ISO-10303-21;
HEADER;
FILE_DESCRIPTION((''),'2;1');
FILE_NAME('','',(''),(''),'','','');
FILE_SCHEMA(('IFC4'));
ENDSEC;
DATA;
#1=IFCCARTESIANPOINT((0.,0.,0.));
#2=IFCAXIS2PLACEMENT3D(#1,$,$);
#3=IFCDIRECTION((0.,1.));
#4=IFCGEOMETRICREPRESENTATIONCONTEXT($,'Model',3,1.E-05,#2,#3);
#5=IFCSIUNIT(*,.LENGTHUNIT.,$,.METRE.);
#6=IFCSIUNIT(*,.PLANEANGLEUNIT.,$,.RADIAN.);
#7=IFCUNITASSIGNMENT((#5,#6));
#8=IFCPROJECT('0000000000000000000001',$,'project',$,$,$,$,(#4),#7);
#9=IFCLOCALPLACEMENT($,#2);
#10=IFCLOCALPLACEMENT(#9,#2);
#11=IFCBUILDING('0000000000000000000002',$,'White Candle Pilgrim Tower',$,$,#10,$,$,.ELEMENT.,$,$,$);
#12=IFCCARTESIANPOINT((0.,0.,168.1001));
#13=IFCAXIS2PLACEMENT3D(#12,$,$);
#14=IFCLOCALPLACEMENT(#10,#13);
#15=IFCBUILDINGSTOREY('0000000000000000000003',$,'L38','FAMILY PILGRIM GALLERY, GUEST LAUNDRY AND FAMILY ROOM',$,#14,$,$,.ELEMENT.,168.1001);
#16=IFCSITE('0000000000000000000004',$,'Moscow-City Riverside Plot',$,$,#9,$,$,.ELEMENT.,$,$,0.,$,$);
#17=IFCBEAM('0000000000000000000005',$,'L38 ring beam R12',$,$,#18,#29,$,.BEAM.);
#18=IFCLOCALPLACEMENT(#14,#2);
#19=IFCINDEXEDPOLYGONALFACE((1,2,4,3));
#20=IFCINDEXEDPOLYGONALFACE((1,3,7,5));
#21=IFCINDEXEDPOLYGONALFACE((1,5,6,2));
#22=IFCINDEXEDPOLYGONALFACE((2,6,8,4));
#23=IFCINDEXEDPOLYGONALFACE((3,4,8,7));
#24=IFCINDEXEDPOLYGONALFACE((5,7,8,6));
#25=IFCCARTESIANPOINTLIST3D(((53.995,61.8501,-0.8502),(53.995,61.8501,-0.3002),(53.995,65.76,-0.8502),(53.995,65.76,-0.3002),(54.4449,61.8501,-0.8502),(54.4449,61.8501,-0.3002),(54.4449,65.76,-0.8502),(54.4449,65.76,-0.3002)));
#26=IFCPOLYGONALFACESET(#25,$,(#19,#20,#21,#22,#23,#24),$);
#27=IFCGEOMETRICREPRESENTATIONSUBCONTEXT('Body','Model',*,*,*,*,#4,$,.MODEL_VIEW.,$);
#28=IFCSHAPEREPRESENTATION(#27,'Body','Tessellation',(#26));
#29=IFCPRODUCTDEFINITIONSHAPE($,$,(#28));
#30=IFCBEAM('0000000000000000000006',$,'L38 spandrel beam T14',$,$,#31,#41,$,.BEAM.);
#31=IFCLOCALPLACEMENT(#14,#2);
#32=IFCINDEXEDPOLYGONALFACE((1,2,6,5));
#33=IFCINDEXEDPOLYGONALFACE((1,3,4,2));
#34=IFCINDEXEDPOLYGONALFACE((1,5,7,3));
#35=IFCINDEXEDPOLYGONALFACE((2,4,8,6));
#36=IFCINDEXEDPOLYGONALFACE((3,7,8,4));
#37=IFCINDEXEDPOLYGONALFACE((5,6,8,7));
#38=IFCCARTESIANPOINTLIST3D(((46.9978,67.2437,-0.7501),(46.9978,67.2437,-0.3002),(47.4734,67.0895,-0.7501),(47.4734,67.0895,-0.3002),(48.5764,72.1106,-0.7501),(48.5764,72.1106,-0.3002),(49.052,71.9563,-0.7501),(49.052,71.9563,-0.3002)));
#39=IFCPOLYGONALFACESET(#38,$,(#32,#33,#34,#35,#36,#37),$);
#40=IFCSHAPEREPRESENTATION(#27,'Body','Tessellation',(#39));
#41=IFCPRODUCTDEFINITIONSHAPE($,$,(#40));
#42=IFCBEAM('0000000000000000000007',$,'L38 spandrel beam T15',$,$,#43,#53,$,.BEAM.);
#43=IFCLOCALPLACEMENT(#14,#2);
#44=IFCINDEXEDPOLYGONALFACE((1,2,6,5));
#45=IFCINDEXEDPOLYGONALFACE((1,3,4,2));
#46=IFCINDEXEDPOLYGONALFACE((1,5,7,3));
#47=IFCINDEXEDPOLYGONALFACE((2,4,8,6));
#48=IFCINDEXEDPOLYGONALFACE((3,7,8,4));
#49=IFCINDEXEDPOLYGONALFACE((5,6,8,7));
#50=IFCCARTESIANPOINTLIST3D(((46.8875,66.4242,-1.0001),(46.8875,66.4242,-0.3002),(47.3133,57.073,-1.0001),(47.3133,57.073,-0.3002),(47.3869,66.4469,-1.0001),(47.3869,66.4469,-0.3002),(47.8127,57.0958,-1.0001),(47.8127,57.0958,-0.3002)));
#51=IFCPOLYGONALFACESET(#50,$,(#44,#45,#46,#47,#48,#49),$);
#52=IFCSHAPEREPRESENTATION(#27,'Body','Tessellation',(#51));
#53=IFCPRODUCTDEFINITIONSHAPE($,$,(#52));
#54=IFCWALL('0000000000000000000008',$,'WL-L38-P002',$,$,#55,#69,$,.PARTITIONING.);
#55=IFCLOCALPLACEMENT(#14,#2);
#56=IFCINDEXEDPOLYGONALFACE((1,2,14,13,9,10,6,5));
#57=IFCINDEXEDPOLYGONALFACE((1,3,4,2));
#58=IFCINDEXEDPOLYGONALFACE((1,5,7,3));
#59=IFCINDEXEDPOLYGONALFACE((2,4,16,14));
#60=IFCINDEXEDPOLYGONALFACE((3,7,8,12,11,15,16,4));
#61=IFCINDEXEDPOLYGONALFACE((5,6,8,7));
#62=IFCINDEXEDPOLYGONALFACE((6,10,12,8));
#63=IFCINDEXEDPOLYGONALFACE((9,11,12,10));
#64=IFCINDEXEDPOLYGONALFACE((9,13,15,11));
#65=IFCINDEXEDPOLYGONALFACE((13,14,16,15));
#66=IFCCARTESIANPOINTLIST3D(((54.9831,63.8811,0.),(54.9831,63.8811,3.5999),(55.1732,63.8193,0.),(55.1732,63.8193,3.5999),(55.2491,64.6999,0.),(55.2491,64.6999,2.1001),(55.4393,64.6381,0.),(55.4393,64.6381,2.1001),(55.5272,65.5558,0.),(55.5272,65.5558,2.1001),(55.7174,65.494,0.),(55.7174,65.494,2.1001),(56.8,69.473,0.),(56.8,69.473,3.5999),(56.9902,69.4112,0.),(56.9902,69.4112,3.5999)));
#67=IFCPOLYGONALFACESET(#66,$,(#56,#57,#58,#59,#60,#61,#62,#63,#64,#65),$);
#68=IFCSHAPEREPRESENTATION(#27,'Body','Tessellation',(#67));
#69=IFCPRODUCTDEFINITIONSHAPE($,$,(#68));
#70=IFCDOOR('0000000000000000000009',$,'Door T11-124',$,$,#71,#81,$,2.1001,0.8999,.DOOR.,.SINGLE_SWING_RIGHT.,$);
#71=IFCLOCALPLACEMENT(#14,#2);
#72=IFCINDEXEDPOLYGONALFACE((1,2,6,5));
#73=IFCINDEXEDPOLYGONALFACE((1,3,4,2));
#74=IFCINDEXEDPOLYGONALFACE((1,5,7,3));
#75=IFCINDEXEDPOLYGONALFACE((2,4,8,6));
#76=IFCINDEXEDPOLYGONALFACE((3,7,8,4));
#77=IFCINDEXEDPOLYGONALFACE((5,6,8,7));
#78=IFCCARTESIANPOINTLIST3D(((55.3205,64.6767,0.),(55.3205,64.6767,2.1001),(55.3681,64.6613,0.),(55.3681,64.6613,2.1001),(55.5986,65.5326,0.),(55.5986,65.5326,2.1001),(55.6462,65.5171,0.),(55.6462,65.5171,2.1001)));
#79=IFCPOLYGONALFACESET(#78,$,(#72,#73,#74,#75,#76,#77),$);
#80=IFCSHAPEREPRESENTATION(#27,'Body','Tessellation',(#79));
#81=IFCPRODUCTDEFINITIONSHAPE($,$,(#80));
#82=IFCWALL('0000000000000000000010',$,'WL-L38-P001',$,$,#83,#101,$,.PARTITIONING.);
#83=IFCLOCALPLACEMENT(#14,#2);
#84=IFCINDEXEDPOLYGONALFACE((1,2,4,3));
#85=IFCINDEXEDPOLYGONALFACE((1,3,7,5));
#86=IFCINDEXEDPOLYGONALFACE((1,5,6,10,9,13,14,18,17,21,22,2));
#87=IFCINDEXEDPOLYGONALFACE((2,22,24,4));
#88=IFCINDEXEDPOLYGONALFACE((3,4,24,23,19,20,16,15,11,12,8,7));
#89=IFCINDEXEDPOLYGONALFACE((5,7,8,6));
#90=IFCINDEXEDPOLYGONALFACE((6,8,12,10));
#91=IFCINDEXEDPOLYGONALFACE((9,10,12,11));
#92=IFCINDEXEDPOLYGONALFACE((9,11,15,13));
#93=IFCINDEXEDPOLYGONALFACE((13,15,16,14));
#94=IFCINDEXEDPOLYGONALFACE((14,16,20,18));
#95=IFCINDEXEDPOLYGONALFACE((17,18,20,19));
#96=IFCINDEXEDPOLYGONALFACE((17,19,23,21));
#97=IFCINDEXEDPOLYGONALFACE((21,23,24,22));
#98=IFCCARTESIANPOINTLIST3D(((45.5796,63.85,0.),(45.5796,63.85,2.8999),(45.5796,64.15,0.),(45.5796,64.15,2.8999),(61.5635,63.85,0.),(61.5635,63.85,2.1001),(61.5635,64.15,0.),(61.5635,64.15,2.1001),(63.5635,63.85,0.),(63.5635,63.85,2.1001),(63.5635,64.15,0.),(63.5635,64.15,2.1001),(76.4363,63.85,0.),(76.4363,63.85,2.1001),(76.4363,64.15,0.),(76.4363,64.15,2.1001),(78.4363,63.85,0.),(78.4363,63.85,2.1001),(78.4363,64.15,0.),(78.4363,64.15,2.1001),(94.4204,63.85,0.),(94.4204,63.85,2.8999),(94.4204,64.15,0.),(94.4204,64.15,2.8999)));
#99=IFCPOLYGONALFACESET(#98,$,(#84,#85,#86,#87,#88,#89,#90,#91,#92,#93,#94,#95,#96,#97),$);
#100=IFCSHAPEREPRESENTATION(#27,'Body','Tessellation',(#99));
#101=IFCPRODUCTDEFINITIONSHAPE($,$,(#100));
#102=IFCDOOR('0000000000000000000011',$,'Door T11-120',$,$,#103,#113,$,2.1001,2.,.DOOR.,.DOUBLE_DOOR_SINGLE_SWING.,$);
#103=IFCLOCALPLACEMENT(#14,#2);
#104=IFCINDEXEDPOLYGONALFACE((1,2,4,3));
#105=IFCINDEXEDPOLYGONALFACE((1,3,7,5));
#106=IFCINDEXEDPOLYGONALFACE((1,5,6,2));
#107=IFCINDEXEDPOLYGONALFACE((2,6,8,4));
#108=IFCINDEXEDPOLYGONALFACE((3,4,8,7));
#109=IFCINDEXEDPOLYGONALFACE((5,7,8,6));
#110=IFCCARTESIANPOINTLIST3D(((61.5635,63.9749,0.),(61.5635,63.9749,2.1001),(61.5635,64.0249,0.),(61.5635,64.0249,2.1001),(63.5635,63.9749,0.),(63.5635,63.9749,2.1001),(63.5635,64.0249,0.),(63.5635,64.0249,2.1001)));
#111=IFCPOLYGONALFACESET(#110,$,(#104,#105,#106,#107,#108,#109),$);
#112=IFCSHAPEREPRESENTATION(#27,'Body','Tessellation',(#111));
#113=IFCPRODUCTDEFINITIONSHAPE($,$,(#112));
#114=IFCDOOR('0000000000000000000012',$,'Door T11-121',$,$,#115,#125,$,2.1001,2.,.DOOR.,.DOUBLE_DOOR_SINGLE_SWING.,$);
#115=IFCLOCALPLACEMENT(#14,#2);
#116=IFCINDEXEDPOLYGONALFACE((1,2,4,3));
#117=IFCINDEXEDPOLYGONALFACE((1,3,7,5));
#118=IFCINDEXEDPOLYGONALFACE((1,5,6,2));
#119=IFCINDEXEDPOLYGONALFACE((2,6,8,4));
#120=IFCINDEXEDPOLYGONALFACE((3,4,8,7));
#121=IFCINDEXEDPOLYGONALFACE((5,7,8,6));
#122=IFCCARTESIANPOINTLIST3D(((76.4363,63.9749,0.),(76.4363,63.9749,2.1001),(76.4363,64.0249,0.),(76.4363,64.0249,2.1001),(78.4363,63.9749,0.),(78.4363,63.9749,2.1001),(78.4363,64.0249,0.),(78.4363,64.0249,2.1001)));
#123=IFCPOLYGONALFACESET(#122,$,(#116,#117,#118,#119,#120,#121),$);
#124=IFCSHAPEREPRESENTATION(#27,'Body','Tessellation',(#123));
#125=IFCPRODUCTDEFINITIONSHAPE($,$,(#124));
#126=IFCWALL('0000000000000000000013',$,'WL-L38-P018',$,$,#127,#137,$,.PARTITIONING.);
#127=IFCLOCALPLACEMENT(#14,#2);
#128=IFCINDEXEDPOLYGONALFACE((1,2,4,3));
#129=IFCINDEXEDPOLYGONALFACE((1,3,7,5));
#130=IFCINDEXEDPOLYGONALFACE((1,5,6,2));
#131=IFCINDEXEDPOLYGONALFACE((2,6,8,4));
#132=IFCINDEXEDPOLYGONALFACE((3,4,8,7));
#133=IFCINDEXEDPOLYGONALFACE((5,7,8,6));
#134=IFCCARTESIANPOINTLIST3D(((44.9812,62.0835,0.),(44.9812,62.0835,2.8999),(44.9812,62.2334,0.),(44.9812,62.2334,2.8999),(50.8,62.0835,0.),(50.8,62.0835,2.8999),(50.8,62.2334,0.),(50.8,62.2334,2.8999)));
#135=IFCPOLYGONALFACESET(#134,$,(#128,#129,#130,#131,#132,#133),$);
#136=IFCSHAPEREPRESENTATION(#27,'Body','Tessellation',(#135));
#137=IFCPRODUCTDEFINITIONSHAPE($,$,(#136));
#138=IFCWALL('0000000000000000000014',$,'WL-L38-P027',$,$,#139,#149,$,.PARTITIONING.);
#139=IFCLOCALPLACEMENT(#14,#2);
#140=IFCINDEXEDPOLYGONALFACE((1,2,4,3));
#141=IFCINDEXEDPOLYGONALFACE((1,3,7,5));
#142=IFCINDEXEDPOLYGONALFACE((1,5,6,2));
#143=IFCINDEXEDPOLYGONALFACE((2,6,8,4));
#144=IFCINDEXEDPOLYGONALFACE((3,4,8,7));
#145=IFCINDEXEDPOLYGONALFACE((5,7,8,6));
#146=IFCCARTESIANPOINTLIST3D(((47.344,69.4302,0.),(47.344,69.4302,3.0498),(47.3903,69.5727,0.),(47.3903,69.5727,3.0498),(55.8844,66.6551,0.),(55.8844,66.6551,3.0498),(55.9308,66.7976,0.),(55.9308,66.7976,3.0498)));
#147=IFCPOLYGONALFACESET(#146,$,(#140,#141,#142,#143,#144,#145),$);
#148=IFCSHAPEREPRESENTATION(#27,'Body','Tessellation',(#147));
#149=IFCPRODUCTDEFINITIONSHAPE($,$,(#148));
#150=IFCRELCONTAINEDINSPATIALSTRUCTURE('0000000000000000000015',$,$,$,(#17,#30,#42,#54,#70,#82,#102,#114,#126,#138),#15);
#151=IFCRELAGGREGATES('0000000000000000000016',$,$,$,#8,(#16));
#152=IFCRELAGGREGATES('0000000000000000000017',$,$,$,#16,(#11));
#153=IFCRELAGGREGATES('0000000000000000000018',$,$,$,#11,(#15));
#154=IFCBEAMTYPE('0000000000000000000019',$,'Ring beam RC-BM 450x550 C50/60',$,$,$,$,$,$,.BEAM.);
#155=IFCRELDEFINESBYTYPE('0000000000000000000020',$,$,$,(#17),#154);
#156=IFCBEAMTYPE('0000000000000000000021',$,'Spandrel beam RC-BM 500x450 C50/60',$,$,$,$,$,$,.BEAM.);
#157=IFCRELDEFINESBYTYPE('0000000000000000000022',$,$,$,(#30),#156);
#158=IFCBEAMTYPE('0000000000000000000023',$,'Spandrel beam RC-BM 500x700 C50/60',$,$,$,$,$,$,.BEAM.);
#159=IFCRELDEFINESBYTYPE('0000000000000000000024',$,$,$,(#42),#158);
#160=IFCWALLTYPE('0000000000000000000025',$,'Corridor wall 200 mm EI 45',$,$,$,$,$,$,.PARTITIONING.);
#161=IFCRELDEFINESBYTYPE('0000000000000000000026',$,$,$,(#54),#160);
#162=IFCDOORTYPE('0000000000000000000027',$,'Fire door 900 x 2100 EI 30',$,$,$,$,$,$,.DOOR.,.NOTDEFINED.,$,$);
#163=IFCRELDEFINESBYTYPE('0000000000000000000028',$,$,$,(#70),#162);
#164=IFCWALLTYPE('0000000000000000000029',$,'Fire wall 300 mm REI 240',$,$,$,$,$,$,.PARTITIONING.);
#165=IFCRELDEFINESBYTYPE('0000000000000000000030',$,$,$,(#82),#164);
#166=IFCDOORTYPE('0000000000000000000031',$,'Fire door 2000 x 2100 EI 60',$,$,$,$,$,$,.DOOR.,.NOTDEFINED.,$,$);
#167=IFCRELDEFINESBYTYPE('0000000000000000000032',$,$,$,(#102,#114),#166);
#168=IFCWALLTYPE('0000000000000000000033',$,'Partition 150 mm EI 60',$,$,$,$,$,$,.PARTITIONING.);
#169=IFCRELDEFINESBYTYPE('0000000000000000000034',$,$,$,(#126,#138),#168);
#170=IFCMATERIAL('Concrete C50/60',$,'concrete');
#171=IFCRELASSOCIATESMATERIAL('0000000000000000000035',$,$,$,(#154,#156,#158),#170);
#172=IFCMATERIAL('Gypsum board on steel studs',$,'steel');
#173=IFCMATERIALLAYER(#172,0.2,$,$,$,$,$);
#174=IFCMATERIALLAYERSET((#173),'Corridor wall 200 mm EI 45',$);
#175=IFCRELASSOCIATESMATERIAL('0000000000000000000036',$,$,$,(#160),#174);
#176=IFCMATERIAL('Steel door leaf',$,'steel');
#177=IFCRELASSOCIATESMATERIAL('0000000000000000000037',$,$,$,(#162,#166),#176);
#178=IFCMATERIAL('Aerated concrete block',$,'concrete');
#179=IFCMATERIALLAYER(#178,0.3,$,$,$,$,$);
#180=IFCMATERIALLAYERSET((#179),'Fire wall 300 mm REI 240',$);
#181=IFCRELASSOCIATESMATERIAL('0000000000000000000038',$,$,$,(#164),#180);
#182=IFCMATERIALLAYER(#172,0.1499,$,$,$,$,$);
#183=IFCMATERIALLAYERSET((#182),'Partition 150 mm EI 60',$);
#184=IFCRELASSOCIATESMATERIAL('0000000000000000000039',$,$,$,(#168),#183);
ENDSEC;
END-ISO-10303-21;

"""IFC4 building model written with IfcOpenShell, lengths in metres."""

from ifc_helpers import new_model, si_unit, direction, frame, frame_2d, origin, origin_2d, place, context, subcontext, project, spatial, rectangle, extrude, material, layer, layer_set, material_profile, profile_set, type_object, element, fill, save


model = new_model("IFC4")

# Units and contexts
model_context = context("Model", 3, precision=1e-05, world=origin(), true_north=direction((0.0, 1.0)))
body_context = subcontext(model_context, "Body", "Model", "MODEL_VIEW")
ifc_project = project(units=[si_unit("LENGTHUNIT", "METRE"), si_unit("PLANEANGLEUNIT", "RADIAN")], contexts=[model_context])

# Site, building, storey
site_placement = place(None, origin())
site = spatial("IfcSite", under=ifc_project, at=site_placement, Name="Moscow-City Riverside Plot", CompositionType="ELEMENT", RefElevation=0.0)
building_placement = place(site_placement, origin())
building = spatial("IfcBuilding", under=site, at=building_placement, Name="White Candle Pilgrim Tower", CompositionType="ELEMENT")
storey_placement = place(building_placement, frame((0.0, 0.0, 168.1001)))
storey = spatial("IfcBuildingStorey", under=building, at=storey_placement, Name="L38", Description="FAMILY PILGRIM GALLERY, GUEST LAUNDRY AND FAMILY ROOM", CompositionType="ELEMENT", Elevation=168.1001)

# Beams
ifc_material_1 = material(Name="Concrete C50/60", Category="concrete")
ifc_material_profile_1 = material_profile(ifc_material_1, rectangle(XDim=0.45, YDim=0.55, at=origin_2d()), Name="RC-BM 450x550")
ifc_profile_set_1 = profile_set([ifc_material_profile_1], Name="Concrete C50/60")
beam_type_1 = type_object("IfcBeamType", Name="Ring beam RC-BM 450x550 C50/60", PredefinedType="BEAM", material=ifc_profile_set_1)
beam_1_placement = place(storey_placement, frame((54.22, 65.76, -0.5752), z_axis=(0.0, -1.0, 0.0), x_axis=(1.0, 0.0, 0.0)))
element("IfcBeam", 1, at=beam_1_placement, inside=storey, type_object=beam_type_1, Name="L38 ring beam R12", PredefinedType="BEAM", context=body_context, shape_type="SweptSolid", body=[
    extrude(rectangle(XDim=0.45, YDim=0.55, at=origin_2d()), origin(), (0.0, 0.0, 1.0), 3.9099),
])
ifc_material_profile_2 = material_profile(ifc_material_1, rectangle(XDim=0.5, YDim=0.45, at=origin_2d()), Name="RC-BM 500x450")
ifc_profile_set_2 = profile_set([ifc_material_profile_2], Name="Concrete C50/60")
beam_type_2 = type_object("IfcBeamType", Name="Spandrel beam RC-BM 500x450 C50/60", PredefinedType="BEAM", material=ifc_profile_set_2)
beam_2_placement = place(storey_placement, frame((48.8142, 72.0334, -0.5251), z_axis=(-0.30853, -0.951214, 0.0), x_axis=(0.951214, -0.30853, 0.0)))
element("IfcBeam", 2, at=beam_2_placement, inside=storey, type_object=beam_type_2, Name="L38 spandrel beam T14", PredefinedType="BEAM", context=body_context, shape_type="SweptSolid", body=[
    extrude(rectangle(XDim=0.5, YDim=0.45, at=origin_2d()), origin(), (0.0, 0.0, 1.0), 5.1165),
])
ifc_material_profile_3 = material_profile(ifc_material_1, rectangle(XDim=0.5, YDim=0.7, at=origin_2d()), Name="RC-BM 500x700")
ifc_profile_set_3 = profile_set([ifc_material_profile_3], Name="Concrete C50/60")
beam_type_3 = type_object("IfcBeamType", Name="Spandrel beam RC-BM 500x700 C50/60", PredefinedType="BEAM", material=ifc_profile_set_3)
beam_3_placement = place(storey_placement, frame((47.1372, 66.4355, -0.6501), z_axis=(0.045486, -0.998965, 0.0), x_axis=(0.998965, 0.045486, 0.0)))
element("IfcBeam", 3, at=beam_3_placement, inside=storey, type_object=beam_type_3, Name="L38 spandrel beam T15", PredefinedType="BEAM", context=body_context, shape_type="SweptSolid", body=[
    extrude(rectangle(XDim=0.5, YDim=0.7, at=origin_2d()), origin(), (0.0, 0.0, 1.0), 9.3608),
])

# Wall, opening, door
ifc_material_2 = material(Name="Gypsum board on steel studs", Category="steel")
ifc_layer_1 = layer(ifc_material_2, 0.2)
ifc_layer_set_1 = layer_set([ifc_layer_1], Name="Corridor wall 200 mm EI 45")
wall_type_1 = type_object("IfcWallType", Name="Corridor wall 200 mm EI 45", PredefinedType="PARTITIONING", material=ifc_layer_set_1)
wall_1_placement = place(storey_placement, frame((55.0781, 63.8501, 0.0), z_axis=(0.0, 0.0, 1.0), x_axis=(0.309018, 0.951056, 0.0)))
wall_1 = element("IfcWall", 4, at=wall_1_placement, inside=storey, type_object=wall_type_1, Name="WL-L38-P002", PredefinedType="PARTITIONING", context=body_context, shape_type="SweptSolid", body=[
    extrude(rectangle(XDim=5.8796, YDim=0.2, at=frame_2d((2.9399, 0.0))), origin(), (0.0, 0.0, 1.0), 3.5999),
])
opening_1_placement = place(wall_1_placement, frame((0.8611, 0.0, 0.0)))
opening_1 = element("IfcOpeningElement", 5, at=opening_1_placement, cuts=wall_1, PredefinedType="OPENING", context=body_context, shape_type="SweptSolid", body=[
    extrude(rectangle(XDim=0.8999, YDim=2.1001, at=frame_2d((0.45, 1.05))), frame((0.0, 0.1099, 0.0), z_axis=(0.0, -1.0, 0.0), x_axis=(1.0, 0.0, 0.0)), (0.0, 0.0, 1.0), 0.22),
])
ifc_material_3 = material(Name="Steel door leaf", Category="steel")
door_type_1 = type_object("IfcDoorType", Name="Fire door 900 x 2100 EI 30", OperationType="NOTDEFINED", PredefinedType="DOOR", material=ifc_material_3)
door_1_placement = place(opening_1_placement, origin())
door_1 = element("IfcDoor", 6, at=door_1_placement, inside=storey, type_object=door_type_1, Name="Door T11-124", OperationType="SINGLE_SWING_RIGHT", OverallHeight=2.1001, OverallWidth=0.8999, PredefinedType="DOOR", context=body_context, shape_type="SweptSolid", body=[
    extrude(rectangle(XDim=0.8999, YDim=2.1001, at=frame_2d((0.45, 1.05))), frame((0.0, 0.0249, 0.0), z_axis=(0.0, -1.0, 0.0), x_axis=(1.0, 0.0, 0.0)), (0.0, 0.0, 1.0), 0.05),
])
fill(opening_1, door_1)

# Wall, openings, doors
ifc_material_4 = material(Name="Aerated concrete block", Category="concrete")
ifc_layer_2 = layer(ifc_material_4, 0.3)
ifc_layer_set_2 = layer_set([ifc_layer_2], Name="Fire wall 300 mm REI 240")
wall_type_2 = type_object("IfcWallType", Name="Fire wall 300 mm REI 240", PredefinedType="PARTITIONING", material=ifc_layer_set_2)
wall_2_placement = place(storey_placement, frame((45.5796, 64.0, 0.0), z_axis=(0.0, 0.0, 1.0), x_axis=(1.0, 0.0, 0.0)))
wall_2 = element("IfcWall", 7, at=wall_2_placement, inside=storey, type_object=wall_type_2, Name="WL-L38-P001", PredefinedType="PARTITIONING", context=body_context, shape_type="SweptSolid", body=[
    extrude(rectangle(XDim=48.8408, YDim=0.3, at=frame_2d((24.4204, 0.0))), origin(), (0.0, 0.0, 1.0), 2.8999),
])
opening_2_placement = place(wall_2_placement, frame((15.9839, 0.0, 0.0)))
opening_2 = element("IfcOpeningElement", 8, at=opening_2_placement, cuts=wall_2, PredefinedType="OPENING", context=body_context, shape_type="SweptSolid", body=[
    extrude(rectangle(XDim=2.0, YDim=2.1001, at=frame_2d((1.0, 1.05))), frame((0.0, 0.1599, 0.0), z_axis=(0.0, -1.0, 0.0), x_axis=(1.0, 0.0, 0.0)), (0.0, 0.0, 1.0), 0.3201),
])
opening_3_placement = place(wall_2_placement, frame((30.8567, 0.0, 0.0)))
opening_3 = element("IfcOpeningElement", 9, at=opening_3_placement, cuts=wall_2, PredefinedType="OPENING", context=body_context, shape_type="SweptSolid", body=[
    extrude(rectangle(XDim=2.0, YDim=2.1001, at=frame_2d((1.0, 1.05))), frame((0.0, 0.1599, 0.0), z_axis=(0.0, -1.0, 0.0), x_axis=(1.0, 0.0, 0.0)), (0.0, 0.0, 1.0), 0.3201),
])
door_type_2 = type_object("IfcDoorType", Name="Fire door 2000 x 2100 EI 60", OperationType="NOTDEFINED", PredefinedType="DOOR", material=ifc_material_3)
door_2_placement = place(opening_2_placement, origin())
door_2 = element("IfcDoor", 10, at=door_2_placement, inside=storey, type_object=door_type_2, Name="Door T11-120", OperationType="DOUBLE_DOOR_SINGLE_SWING", OverallHeight=2.1001, OverallWidth=2.0, PredefinedType="DOOR", context=body_context, shape_type="SweptSolid", body=[
    extrude(rectangle(XDim=2.0, YDim=2.1001, at=frame_2d((1.0, 1.05))), frame((0.0, 0.0249, 0.0), z_axis=(0.0, -1.0, 0.0), x_axis=(1.0, 0.0, 0.0)), (0.0, 0.0, 1.0), 0.05),
])
fill(opening_2, door_2)
door_3_placement = place(opening_3_placement, origin())
door_3 = element("IfcDoor", 11, at=door_3_placement, inside=storey, type_object=door_type_2, Name="Door T11-121", OperationType="DOUBLE_DOOR_SINGLE_SWING", OverallHeight=2.1001, OverallWidth=2.0, PredefinedType="DOOR", context=body_context, shape_type="SweptSolid", body=[
    extrude(rectangle(XDim=2.0, YDim=2.1001, at=frame_2d((1.0, 1.05))), frame((0.0, 0.0249, 0.0), z_axis=(0.0, -1.0, 0.0), x_axis=(1.0, 0.0, 0.0)), (0.0, 0.0, 1.0), 0.05),
])
fill(opening_3, door_3)

# Walls
ifc_layer_3 = layer(ifc_material_2, 0.1499)
ifc_layer_set_3 = layer_set([ifc_layer_3], Name="Partition 150 mm EI 60")
wall_type_3 = type_object("IfcWallType", Name="Partition 150 mm EI 60", PredefinedType="PARTITIONING", material=ifc_layer_set_3)
wall_3_placement = place(storey_placement, frame((44.9812, 62.1584, 0.0), z_axis=(0.0, 0.0, 1.0), x_axis=(1.0, 0.0, 0.0)))
element("IfcWall", 12, at=wall_3_placement, inside=storey, type_object=wall_type_3, Name="WL-L38-P018", PredefinedType="PARTITIONING", context=body_context, shape_type="SweptSolid", body=[
    extrude(rectangle(XDim=5.8188, YDim=0.1499, at=frame_2d((2.9094, 0.0))), origin(), (0.0, 0.0, 1.0), 2.8999),
])
wall_4_placement = place(storey_placement, frame((47.3672, 69.5015, 0.0), z_axis=(0.0, 0.0, 1.0), x_axis=(0.951051, -0.309033, 0.0)))
element("IfcWall", 13, at=wall_4_placement, inside=storey, type_object=wall_type_3, Name="WL-L38-P027", PredefinedType="PARTITIONING", context=body_context, shape_type="SweptSolid", body=[
    extrude(rectangle(XDim=8.98, YDim=0.1499, at=frame_2d((4.49, 0.0))), origin(), (0.0, 0.0, 1.0), 3.0498),
])

save(model, "model.ifc")
